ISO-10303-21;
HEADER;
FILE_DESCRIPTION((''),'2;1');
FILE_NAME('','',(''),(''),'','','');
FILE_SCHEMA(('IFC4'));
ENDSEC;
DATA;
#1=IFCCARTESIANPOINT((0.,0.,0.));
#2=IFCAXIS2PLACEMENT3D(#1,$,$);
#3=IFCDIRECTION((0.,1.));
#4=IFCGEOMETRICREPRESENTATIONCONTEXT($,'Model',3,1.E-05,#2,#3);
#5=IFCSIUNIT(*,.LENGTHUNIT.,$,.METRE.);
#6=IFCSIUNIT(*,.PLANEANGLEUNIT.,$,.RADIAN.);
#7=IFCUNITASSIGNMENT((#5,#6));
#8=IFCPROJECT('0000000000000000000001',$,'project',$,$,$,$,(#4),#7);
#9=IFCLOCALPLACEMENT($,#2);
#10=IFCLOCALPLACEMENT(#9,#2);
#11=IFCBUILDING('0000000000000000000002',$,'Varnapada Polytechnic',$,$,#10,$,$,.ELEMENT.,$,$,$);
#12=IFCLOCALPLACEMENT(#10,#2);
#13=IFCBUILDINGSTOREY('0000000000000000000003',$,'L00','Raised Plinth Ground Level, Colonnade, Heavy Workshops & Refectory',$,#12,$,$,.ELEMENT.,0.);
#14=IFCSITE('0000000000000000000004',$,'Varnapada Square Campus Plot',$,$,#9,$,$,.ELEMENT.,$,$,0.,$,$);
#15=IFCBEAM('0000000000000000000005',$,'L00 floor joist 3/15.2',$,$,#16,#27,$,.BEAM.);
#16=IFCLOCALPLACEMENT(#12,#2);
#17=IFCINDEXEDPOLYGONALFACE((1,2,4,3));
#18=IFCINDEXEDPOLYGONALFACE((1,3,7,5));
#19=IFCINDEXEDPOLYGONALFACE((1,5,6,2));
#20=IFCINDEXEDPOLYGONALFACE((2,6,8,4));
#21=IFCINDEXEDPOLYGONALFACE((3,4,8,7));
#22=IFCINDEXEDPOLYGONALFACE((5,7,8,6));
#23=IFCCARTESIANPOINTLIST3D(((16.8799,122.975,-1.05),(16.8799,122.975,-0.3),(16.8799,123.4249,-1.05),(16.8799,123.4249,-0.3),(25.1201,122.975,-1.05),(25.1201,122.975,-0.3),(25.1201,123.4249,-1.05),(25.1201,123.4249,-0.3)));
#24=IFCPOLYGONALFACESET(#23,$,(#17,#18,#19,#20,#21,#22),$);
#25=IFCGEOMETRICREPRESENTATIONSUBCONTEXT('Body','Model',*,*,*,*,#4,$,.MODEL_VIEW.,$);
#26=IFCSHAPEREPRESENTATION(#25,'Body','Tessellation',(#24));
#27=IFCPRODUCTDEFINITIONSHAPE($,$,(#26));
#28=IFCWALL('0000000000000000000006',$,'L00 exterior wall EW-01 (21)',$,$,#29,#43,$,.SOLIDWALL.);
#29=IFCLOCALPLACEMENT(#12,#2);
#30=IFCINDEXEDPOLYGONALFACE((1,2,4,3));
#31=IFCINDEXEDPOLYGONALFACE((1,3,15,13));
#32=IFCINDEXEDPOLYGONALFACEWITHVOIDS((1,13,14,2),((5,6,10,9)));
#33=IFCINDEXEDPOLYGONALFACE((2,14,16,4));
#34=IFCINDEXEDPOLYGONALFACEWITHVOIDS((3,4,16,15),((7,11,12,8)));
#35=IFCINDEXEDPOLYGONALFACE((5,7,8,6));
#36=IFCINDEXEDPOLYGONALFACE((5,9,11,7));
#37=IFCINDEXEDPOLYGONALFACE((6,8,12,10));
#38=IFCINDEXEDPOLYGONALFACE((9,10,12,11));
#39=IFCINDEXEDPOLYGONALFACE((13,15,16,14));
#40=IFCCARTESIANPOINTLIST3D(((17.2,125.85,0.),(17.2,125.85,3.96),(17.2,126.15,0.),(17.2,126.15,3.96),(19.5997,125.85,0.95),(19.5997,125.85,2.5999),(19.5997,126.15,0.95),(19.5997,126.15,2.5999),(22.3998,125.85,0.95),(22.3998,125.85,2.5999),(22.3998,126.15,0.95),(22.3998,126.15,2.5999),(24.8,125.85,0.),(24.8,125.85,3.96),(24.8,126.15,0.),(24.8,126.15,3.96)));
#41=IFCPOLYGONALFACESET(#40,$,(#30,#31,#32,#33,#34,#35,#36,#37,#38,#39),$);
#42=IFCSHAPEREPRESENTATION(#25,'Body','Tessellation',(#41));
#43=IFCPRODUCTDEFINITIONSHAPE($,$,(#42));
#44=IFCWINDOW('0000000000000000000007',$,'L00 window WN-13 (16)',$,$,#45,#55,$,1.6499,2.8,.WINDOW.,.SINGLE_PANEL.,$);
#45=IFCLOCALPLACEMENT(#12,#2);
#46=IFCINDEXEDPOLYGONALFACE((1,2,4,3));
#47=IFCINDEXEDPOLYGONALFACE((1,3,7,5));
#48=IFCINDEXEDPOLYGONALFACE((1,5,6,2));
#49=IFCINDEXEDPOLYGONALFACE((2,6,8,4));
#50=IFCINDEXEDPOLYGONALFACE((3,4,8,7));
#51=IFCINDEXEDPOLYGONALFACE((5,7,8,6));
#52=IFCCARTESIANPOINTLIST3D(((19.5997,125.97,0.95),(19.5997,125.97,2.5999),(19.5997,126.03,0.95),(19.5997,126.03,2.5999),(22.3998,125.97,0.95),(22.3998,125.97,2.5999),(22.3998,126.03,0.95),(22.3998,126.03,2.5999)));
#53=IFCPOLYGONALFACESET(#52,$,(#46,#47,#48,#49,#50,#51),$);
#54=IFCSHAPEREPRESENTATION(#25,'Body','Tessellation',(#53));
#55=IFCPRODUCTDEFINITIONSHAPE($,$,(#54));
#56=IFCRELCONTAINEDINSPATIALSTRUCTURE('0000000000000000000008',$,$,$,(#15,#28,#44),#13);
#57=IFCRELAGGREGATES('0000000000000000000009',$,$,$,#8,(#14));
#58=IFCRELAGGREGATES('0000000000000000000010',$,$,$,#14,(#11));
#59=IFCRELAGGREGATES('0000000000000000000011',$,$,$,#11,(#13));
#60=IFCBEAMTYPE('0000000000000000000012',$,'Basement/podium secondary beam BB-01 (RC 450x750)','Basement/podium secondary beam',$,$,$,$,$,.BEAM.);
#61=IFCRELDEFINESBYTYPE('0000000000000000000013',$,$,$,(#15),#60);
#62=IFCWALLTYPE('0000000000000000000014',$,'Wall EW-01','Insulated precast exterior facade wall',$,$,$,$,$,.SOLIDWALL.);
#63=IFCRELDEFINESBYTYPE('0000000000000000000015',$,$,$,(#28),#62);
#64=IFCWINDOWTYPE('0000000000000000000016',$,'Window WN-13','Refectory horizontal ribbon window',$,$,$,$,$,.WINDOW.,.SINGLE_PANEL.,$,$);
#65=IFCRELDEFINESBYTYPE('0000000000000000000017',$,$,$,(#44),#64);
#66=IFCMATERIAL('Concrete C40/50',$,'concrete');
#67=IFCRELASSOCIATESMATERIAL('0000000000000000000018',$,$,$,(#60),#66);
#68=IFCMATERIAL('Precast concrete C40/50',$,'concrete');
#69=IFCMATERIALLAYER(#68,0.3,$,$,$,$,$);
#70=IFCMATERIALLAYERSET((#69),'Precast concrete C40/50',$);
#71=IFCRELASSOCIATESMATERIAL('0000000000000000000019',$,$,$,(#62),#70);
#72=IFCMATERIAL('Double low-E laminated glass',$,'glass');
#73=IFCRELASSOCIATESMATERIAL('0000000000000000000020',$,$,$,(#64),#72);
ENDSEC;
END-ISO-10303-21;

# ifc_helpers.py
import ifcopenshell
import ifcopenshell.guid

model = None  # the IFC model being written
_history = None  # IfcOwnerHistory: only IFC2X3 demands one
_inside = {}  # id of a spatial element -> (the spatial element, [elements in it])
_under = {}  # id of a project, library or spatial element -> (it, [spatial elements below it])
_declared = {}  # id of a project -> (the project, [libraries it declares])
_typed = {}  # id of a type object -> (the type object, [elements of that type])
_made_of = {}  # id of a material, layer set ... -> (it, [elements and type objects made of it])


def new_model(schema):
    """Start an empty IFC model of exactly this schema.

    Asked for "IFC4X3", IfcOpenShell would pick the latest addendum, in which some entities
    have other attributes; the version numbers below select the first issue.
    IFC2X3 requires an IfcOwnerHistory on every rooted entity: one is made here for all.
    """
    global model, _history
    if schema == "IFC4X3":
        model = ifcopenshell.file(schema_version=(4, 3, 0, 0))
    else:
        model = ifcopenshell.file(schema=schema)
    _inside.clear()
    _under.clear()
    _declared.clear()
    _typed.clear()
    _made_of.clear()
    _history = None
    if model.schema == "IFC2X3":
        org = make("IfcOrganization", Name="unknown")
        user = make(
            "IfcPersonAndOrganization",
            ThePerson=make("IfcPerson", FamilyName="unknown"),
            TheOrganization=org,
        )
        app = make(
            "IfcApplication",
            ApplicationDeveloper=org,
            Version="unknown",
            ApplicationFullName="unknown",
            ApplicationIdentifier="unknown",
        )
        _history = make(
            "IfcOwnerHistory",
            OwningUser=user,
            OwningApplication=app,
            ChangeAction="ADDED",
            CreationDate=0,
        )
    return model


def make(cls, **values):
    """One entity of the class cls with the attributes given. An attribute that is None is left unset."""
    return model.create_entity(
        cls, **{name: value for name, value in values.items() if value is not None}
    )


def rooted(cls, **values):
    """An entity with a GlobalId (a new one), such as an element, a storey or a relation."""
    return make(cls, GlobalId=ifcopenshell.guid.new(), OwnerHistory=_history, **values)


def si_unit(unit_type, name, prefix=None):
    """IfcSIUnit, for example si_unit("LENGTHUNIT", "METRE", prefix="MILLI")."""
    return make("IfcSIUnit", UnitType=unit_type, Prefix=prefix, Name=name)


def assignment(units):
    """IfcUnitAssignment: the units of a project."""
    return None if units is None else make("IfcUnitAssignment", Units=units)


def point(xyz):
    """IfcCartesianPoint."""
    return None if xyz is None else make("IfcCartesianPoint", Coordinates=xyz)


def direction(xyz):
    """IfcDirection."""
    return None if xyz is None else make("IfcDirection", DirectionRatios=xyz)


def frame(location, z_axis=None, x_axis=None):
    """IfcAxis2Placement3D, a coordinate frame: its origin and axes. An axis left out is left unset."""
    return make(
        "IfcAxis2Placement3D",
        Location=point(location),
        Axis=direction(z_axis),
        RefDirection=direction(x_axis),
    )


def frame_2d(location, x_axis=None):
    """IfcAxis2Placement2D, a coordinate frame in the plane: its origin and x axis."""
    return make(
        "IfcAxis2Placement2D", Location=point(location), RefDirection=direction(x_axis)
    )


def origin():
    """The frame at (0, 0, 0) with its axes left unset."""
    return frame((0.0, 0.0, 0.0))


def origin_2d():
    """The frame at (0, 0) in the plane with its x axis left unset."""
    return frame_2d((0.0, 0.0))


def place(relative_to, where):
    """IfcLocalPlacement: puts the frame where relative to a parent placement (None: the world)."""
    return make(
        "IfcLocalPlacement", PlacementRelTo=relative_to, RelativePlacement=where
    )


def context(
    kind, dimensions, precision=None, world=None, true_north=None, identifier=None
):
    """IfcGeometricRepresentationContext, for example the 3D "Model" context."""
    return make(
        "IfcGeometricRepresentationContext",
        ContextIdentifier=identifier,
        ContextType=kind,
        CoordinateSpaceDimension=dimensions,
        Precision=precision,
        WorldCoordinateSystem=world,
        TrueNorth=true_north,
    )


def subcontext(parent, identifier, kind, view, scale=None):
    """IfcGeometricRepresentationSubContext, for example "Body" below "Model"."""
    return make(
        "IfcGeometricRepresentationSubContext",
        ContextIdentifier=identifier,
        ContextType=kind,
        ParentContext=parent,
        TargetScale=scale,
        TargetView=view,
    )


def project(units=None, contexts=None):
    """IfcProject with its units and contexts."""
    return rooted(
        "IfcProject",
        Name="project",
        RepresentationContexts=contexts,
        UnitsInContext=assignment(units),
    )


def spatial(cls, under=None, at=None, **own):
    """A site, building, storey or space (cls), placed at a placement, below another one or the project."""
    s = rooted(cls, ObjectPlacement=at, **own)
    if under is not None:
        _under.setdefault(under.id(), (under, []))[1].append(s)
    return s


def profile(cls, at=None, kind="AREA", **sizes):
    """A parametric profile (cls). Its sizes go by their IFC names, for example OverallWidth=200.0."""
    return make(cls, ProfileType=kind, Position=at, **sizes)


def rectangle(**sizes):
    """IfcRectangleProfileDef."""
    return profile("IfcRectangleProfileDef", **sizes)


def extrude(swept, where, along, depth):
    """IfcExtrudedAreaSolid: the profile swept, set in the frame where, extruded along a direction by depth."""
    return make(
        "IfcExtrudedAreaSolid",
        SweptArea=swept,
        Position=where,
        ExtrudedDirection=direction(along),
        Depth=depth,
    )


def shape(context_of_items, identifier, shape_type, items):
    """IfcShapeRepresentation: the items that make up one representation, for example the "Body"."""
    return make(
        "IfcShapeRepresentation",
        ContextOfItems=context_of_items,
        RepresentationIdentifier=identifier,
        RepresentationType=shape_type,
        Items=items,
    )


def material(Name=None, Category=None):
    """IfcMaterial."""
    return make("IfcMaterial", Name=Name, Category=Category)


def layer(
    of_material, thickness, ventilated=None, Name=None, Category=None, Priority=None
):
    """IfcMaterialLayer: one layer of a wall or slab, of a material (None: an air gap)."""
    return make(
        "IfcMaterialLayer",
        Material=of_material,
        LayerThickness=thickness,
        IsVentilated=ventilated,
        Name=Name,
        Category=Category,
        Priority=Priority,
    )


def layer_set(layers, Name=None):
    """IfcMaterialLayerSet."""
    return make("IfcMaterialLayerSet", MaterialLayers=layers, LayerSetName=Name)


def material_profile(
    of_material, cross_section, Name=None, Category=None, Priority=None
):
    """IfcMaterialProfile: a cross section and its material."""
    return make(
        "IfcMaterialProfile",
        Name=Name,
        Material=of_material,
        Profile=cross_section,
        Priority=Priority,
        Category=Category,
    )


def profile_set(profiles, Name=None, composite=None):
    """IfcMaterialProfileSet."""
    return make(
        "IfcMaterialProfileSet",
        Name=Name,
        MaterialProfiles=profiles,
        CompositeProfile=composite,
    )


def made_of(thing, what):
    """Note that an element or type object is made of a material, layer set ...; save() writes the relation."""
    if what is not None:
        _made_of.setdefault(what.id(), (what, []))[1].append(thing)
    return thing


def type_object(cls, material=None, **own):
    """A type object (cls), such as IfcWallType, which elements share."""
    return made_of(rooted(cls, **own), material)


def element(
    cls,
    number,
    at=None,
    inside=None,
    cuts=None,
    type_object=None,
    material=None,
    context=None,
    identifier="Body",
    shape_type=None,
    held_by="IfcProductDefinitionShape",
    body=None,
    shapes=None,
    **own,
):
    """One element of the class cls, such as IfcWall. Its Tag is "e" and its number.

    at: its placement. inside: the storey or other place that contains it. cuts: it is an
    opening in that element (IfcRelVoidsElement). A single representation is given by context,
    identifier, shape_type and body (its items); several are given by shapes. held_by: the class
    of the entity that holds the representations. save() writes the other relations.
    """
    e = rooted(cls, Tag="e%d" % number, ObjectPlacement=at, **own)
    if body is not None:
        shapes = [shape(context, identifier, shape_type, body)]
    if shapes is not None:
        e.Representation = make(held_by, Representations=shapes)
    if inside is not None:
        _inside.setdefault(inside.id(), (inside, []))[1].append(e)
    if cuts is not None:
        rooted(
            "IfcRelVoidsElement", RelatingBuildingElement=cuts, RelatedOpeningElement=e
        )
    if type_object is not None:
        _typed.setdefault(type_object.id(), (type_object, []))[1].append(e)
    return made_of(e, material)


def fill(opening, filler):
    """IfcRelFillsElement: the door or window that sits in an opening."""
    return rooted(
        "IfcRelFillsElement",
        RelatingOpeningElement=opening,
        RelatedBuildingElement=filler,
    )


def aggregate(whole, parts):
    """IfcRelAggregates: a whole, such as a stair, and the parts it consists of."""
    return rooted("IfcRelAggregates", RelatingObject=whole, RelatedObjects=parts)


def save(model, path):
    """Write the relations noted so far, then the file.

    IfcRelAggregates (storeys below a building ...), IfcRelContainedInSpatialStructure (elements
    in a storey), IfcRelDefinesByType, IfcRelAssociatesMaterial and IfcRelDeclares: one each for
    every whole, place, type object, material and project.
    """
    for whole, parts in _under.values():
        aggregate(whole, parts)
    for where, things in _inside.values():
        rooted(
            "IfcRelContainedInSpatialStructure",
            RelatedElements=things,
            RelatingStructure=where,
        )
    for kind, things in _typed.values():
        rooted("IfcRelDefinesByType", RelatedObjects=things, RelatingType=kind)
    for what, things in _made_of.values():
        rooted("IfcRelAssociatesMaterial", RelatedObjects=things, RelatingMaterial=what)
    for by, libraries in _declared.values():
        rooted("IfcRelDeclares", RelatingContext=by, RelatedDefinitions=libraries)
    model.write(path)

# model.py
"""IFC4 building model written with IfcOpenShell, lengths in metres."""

from ifc_helpers import new_model, si_unit, direction, frame, frame_2d, origin, origin_2d, place, context, subcontext, project, spatial, rectangle, extrude, material, layer, layer_set, material_profile, profile_set, type_object, element, fill, save


model = new_model("IFC4")

# Units and contexts
model_context = context("Model", 3, precision=1e-05, world=origin(), true_north=direction((0.0, 1.0)))
body_context = subcontext(model_context, "Body", "Model", "MODEL_VIEW")
ifc_project = project(units=[si_unit("LENGTHUNIT", "METRE"), si_unit("PLANEANGLEUNIT", "RADIAN")], contexts=[model_context])

# Site, building, storey
site_placement = place(None, origin())
site = spatial("IfcSite", under=ifc_project, at=site_placement, Name="Varnapada Square Campus Plot", CompositionType="ELEMENT", RefElevation=0.0)
building_placement = place(site_placement, origin())
building = spatial("IfcBuilding", under=site, at=building_placement, Name="Varnapada Polytechnic", CompositionType="ELEMENT")
storey_placement = place(building_placement, origin())
storey = spatial("IfcBuildingStorey", under=building, at=storey_placement, Name="L00", Description="Raised Plinth Ground Level, Colonnade, Heavy Workshops & Refectory", CompositionType="ELEMENT", Elevation=0.0)

# Beam
ifc_material_1 = material(Name="Concrete C40/50", Category="concrete")
ifc_material_profile = material_profile(ifc_material_1, rectangle(XDim=0.45, YDim=0.75, at=origin_2d()), Name="RC 450x750")
ifc_profile_set = profile_set([ifc_material_profile], Name="Concrete C40/50")
beam_type = type_object("IfcBeamType", Name="Basement/podium secondary beam BB-01 (RC 450x750)", Description="Basement/podium secondary beam", PredefinedType="BEAM", material=ifc_profile_set)
beam_placement = place(storey_placement, frame((16.8799, 123.2, -0.675), z_axis=(1.0, 0.0, 0.0), x_axis=(0.0, 1.0, 0.0)))
element("IfcBeam", 1, at=beam_placement, inside=storey, type_object=beam_type, Name="L00 floor joist 3/15.2", PredefinedType="BEAM", context=body_context, shape_type="SweptSolid", body=[
    extrude(rectangle(XDim=0.45, YDim=0.75, at=origin_2d()), origin(), (0.0, 0.0, 1.0), 8.2402),
])

# Wall, opening, window
ifc_material_2 = material(Name="Precast concrete C40/50", Category="concrete")
ifc_layer_1 = layer(ifc_material_2, 0.3)
ifc_layer_set_1 = layer_set([ifc_layer_1], Name="Precast concrete C40/50")
wall_type = type_object("IfcWallType", Name="Wall EW-01", Description="Insulated precast exterior facade wall", PredefinedType="SOLIDWALL", material=ifc_layer_set_1)
wall_placement = place(storey_placement, frame((17.2, 126.0, 0.0), z_axis=(0.0, 0.0, 1.0), x_axis=(1.0, 0.0, 0.0)))
wall = element("IfcWall", 2, at=wall_placement, inside=storey, type_object=wall_type, Name="L00 exterior wall EW-01 (21)", PredefinedType="SOLIDWALL", context=body_context, shape_type="SweptSolid", body=[
    extrude(rectangle(XDim=7.6001, YDim=0.3, at=frame_2d((3.8, 0.0))), origin(), (0.0, 0.0, 1.0), 3.96),
])
opening_1_placement = place(wall_placement, frame((2.3999, 0.0, 0.95)))
opening_1 = element("IfcOpeningElement", 3, at=opening_1_placement, cuts=wall, PredefinedType="OPENING", context=body_context, shape_type="SweptSolid", body=[
    extrude(rectangle(XDim=2.8, YDim=1.6499, at=frame_2d((1.3999, 0.825))), frame((0.0, 0.1599, 0.0), z_axis=(0.0, -1.0, 0.0), x_axis=(1.0, 0.0, 0.0)), (0.0, 0.0, 1.0), 0.3201),
])
ifc_material_3 = material(Name="Double low-E laminated glass", Category="glass")
window_type = type_object("IfcWindowType", Name="Window WN-13", Description="Refectory horizontal ribbon window", PartitioningType="SINGLE_PANEL", PredefinedType="WINDOW", material=ifc_material_3)
window_placement = place(opening_1_placement, origin())
window = element("IfcWindow", 4, at=window_placement, inside=storey, type_object=window_type, Name="L00 window WN-13 (16)", OverallHeight=1.6499, OverallWidth=2.8, PartitioningType="SINGLE_PANEL", PredefinedType="WINDOW", context=body_context, shape_type="SweptSolid", body=[
    extrude(rectangle(XDim=2.8, YDim=1.6499, at=frame_2d((1.3999, 0.825))), frame((0.0, 0.03, 0.0), z_axis=(0.0, -1.0, 0.0), x_axis=(1.0, 0.0, 0.0)), (0.0, 0.0, 1.0), 0.0601),
])
fill(opening_1, window)

save(model, "model.ifc")
